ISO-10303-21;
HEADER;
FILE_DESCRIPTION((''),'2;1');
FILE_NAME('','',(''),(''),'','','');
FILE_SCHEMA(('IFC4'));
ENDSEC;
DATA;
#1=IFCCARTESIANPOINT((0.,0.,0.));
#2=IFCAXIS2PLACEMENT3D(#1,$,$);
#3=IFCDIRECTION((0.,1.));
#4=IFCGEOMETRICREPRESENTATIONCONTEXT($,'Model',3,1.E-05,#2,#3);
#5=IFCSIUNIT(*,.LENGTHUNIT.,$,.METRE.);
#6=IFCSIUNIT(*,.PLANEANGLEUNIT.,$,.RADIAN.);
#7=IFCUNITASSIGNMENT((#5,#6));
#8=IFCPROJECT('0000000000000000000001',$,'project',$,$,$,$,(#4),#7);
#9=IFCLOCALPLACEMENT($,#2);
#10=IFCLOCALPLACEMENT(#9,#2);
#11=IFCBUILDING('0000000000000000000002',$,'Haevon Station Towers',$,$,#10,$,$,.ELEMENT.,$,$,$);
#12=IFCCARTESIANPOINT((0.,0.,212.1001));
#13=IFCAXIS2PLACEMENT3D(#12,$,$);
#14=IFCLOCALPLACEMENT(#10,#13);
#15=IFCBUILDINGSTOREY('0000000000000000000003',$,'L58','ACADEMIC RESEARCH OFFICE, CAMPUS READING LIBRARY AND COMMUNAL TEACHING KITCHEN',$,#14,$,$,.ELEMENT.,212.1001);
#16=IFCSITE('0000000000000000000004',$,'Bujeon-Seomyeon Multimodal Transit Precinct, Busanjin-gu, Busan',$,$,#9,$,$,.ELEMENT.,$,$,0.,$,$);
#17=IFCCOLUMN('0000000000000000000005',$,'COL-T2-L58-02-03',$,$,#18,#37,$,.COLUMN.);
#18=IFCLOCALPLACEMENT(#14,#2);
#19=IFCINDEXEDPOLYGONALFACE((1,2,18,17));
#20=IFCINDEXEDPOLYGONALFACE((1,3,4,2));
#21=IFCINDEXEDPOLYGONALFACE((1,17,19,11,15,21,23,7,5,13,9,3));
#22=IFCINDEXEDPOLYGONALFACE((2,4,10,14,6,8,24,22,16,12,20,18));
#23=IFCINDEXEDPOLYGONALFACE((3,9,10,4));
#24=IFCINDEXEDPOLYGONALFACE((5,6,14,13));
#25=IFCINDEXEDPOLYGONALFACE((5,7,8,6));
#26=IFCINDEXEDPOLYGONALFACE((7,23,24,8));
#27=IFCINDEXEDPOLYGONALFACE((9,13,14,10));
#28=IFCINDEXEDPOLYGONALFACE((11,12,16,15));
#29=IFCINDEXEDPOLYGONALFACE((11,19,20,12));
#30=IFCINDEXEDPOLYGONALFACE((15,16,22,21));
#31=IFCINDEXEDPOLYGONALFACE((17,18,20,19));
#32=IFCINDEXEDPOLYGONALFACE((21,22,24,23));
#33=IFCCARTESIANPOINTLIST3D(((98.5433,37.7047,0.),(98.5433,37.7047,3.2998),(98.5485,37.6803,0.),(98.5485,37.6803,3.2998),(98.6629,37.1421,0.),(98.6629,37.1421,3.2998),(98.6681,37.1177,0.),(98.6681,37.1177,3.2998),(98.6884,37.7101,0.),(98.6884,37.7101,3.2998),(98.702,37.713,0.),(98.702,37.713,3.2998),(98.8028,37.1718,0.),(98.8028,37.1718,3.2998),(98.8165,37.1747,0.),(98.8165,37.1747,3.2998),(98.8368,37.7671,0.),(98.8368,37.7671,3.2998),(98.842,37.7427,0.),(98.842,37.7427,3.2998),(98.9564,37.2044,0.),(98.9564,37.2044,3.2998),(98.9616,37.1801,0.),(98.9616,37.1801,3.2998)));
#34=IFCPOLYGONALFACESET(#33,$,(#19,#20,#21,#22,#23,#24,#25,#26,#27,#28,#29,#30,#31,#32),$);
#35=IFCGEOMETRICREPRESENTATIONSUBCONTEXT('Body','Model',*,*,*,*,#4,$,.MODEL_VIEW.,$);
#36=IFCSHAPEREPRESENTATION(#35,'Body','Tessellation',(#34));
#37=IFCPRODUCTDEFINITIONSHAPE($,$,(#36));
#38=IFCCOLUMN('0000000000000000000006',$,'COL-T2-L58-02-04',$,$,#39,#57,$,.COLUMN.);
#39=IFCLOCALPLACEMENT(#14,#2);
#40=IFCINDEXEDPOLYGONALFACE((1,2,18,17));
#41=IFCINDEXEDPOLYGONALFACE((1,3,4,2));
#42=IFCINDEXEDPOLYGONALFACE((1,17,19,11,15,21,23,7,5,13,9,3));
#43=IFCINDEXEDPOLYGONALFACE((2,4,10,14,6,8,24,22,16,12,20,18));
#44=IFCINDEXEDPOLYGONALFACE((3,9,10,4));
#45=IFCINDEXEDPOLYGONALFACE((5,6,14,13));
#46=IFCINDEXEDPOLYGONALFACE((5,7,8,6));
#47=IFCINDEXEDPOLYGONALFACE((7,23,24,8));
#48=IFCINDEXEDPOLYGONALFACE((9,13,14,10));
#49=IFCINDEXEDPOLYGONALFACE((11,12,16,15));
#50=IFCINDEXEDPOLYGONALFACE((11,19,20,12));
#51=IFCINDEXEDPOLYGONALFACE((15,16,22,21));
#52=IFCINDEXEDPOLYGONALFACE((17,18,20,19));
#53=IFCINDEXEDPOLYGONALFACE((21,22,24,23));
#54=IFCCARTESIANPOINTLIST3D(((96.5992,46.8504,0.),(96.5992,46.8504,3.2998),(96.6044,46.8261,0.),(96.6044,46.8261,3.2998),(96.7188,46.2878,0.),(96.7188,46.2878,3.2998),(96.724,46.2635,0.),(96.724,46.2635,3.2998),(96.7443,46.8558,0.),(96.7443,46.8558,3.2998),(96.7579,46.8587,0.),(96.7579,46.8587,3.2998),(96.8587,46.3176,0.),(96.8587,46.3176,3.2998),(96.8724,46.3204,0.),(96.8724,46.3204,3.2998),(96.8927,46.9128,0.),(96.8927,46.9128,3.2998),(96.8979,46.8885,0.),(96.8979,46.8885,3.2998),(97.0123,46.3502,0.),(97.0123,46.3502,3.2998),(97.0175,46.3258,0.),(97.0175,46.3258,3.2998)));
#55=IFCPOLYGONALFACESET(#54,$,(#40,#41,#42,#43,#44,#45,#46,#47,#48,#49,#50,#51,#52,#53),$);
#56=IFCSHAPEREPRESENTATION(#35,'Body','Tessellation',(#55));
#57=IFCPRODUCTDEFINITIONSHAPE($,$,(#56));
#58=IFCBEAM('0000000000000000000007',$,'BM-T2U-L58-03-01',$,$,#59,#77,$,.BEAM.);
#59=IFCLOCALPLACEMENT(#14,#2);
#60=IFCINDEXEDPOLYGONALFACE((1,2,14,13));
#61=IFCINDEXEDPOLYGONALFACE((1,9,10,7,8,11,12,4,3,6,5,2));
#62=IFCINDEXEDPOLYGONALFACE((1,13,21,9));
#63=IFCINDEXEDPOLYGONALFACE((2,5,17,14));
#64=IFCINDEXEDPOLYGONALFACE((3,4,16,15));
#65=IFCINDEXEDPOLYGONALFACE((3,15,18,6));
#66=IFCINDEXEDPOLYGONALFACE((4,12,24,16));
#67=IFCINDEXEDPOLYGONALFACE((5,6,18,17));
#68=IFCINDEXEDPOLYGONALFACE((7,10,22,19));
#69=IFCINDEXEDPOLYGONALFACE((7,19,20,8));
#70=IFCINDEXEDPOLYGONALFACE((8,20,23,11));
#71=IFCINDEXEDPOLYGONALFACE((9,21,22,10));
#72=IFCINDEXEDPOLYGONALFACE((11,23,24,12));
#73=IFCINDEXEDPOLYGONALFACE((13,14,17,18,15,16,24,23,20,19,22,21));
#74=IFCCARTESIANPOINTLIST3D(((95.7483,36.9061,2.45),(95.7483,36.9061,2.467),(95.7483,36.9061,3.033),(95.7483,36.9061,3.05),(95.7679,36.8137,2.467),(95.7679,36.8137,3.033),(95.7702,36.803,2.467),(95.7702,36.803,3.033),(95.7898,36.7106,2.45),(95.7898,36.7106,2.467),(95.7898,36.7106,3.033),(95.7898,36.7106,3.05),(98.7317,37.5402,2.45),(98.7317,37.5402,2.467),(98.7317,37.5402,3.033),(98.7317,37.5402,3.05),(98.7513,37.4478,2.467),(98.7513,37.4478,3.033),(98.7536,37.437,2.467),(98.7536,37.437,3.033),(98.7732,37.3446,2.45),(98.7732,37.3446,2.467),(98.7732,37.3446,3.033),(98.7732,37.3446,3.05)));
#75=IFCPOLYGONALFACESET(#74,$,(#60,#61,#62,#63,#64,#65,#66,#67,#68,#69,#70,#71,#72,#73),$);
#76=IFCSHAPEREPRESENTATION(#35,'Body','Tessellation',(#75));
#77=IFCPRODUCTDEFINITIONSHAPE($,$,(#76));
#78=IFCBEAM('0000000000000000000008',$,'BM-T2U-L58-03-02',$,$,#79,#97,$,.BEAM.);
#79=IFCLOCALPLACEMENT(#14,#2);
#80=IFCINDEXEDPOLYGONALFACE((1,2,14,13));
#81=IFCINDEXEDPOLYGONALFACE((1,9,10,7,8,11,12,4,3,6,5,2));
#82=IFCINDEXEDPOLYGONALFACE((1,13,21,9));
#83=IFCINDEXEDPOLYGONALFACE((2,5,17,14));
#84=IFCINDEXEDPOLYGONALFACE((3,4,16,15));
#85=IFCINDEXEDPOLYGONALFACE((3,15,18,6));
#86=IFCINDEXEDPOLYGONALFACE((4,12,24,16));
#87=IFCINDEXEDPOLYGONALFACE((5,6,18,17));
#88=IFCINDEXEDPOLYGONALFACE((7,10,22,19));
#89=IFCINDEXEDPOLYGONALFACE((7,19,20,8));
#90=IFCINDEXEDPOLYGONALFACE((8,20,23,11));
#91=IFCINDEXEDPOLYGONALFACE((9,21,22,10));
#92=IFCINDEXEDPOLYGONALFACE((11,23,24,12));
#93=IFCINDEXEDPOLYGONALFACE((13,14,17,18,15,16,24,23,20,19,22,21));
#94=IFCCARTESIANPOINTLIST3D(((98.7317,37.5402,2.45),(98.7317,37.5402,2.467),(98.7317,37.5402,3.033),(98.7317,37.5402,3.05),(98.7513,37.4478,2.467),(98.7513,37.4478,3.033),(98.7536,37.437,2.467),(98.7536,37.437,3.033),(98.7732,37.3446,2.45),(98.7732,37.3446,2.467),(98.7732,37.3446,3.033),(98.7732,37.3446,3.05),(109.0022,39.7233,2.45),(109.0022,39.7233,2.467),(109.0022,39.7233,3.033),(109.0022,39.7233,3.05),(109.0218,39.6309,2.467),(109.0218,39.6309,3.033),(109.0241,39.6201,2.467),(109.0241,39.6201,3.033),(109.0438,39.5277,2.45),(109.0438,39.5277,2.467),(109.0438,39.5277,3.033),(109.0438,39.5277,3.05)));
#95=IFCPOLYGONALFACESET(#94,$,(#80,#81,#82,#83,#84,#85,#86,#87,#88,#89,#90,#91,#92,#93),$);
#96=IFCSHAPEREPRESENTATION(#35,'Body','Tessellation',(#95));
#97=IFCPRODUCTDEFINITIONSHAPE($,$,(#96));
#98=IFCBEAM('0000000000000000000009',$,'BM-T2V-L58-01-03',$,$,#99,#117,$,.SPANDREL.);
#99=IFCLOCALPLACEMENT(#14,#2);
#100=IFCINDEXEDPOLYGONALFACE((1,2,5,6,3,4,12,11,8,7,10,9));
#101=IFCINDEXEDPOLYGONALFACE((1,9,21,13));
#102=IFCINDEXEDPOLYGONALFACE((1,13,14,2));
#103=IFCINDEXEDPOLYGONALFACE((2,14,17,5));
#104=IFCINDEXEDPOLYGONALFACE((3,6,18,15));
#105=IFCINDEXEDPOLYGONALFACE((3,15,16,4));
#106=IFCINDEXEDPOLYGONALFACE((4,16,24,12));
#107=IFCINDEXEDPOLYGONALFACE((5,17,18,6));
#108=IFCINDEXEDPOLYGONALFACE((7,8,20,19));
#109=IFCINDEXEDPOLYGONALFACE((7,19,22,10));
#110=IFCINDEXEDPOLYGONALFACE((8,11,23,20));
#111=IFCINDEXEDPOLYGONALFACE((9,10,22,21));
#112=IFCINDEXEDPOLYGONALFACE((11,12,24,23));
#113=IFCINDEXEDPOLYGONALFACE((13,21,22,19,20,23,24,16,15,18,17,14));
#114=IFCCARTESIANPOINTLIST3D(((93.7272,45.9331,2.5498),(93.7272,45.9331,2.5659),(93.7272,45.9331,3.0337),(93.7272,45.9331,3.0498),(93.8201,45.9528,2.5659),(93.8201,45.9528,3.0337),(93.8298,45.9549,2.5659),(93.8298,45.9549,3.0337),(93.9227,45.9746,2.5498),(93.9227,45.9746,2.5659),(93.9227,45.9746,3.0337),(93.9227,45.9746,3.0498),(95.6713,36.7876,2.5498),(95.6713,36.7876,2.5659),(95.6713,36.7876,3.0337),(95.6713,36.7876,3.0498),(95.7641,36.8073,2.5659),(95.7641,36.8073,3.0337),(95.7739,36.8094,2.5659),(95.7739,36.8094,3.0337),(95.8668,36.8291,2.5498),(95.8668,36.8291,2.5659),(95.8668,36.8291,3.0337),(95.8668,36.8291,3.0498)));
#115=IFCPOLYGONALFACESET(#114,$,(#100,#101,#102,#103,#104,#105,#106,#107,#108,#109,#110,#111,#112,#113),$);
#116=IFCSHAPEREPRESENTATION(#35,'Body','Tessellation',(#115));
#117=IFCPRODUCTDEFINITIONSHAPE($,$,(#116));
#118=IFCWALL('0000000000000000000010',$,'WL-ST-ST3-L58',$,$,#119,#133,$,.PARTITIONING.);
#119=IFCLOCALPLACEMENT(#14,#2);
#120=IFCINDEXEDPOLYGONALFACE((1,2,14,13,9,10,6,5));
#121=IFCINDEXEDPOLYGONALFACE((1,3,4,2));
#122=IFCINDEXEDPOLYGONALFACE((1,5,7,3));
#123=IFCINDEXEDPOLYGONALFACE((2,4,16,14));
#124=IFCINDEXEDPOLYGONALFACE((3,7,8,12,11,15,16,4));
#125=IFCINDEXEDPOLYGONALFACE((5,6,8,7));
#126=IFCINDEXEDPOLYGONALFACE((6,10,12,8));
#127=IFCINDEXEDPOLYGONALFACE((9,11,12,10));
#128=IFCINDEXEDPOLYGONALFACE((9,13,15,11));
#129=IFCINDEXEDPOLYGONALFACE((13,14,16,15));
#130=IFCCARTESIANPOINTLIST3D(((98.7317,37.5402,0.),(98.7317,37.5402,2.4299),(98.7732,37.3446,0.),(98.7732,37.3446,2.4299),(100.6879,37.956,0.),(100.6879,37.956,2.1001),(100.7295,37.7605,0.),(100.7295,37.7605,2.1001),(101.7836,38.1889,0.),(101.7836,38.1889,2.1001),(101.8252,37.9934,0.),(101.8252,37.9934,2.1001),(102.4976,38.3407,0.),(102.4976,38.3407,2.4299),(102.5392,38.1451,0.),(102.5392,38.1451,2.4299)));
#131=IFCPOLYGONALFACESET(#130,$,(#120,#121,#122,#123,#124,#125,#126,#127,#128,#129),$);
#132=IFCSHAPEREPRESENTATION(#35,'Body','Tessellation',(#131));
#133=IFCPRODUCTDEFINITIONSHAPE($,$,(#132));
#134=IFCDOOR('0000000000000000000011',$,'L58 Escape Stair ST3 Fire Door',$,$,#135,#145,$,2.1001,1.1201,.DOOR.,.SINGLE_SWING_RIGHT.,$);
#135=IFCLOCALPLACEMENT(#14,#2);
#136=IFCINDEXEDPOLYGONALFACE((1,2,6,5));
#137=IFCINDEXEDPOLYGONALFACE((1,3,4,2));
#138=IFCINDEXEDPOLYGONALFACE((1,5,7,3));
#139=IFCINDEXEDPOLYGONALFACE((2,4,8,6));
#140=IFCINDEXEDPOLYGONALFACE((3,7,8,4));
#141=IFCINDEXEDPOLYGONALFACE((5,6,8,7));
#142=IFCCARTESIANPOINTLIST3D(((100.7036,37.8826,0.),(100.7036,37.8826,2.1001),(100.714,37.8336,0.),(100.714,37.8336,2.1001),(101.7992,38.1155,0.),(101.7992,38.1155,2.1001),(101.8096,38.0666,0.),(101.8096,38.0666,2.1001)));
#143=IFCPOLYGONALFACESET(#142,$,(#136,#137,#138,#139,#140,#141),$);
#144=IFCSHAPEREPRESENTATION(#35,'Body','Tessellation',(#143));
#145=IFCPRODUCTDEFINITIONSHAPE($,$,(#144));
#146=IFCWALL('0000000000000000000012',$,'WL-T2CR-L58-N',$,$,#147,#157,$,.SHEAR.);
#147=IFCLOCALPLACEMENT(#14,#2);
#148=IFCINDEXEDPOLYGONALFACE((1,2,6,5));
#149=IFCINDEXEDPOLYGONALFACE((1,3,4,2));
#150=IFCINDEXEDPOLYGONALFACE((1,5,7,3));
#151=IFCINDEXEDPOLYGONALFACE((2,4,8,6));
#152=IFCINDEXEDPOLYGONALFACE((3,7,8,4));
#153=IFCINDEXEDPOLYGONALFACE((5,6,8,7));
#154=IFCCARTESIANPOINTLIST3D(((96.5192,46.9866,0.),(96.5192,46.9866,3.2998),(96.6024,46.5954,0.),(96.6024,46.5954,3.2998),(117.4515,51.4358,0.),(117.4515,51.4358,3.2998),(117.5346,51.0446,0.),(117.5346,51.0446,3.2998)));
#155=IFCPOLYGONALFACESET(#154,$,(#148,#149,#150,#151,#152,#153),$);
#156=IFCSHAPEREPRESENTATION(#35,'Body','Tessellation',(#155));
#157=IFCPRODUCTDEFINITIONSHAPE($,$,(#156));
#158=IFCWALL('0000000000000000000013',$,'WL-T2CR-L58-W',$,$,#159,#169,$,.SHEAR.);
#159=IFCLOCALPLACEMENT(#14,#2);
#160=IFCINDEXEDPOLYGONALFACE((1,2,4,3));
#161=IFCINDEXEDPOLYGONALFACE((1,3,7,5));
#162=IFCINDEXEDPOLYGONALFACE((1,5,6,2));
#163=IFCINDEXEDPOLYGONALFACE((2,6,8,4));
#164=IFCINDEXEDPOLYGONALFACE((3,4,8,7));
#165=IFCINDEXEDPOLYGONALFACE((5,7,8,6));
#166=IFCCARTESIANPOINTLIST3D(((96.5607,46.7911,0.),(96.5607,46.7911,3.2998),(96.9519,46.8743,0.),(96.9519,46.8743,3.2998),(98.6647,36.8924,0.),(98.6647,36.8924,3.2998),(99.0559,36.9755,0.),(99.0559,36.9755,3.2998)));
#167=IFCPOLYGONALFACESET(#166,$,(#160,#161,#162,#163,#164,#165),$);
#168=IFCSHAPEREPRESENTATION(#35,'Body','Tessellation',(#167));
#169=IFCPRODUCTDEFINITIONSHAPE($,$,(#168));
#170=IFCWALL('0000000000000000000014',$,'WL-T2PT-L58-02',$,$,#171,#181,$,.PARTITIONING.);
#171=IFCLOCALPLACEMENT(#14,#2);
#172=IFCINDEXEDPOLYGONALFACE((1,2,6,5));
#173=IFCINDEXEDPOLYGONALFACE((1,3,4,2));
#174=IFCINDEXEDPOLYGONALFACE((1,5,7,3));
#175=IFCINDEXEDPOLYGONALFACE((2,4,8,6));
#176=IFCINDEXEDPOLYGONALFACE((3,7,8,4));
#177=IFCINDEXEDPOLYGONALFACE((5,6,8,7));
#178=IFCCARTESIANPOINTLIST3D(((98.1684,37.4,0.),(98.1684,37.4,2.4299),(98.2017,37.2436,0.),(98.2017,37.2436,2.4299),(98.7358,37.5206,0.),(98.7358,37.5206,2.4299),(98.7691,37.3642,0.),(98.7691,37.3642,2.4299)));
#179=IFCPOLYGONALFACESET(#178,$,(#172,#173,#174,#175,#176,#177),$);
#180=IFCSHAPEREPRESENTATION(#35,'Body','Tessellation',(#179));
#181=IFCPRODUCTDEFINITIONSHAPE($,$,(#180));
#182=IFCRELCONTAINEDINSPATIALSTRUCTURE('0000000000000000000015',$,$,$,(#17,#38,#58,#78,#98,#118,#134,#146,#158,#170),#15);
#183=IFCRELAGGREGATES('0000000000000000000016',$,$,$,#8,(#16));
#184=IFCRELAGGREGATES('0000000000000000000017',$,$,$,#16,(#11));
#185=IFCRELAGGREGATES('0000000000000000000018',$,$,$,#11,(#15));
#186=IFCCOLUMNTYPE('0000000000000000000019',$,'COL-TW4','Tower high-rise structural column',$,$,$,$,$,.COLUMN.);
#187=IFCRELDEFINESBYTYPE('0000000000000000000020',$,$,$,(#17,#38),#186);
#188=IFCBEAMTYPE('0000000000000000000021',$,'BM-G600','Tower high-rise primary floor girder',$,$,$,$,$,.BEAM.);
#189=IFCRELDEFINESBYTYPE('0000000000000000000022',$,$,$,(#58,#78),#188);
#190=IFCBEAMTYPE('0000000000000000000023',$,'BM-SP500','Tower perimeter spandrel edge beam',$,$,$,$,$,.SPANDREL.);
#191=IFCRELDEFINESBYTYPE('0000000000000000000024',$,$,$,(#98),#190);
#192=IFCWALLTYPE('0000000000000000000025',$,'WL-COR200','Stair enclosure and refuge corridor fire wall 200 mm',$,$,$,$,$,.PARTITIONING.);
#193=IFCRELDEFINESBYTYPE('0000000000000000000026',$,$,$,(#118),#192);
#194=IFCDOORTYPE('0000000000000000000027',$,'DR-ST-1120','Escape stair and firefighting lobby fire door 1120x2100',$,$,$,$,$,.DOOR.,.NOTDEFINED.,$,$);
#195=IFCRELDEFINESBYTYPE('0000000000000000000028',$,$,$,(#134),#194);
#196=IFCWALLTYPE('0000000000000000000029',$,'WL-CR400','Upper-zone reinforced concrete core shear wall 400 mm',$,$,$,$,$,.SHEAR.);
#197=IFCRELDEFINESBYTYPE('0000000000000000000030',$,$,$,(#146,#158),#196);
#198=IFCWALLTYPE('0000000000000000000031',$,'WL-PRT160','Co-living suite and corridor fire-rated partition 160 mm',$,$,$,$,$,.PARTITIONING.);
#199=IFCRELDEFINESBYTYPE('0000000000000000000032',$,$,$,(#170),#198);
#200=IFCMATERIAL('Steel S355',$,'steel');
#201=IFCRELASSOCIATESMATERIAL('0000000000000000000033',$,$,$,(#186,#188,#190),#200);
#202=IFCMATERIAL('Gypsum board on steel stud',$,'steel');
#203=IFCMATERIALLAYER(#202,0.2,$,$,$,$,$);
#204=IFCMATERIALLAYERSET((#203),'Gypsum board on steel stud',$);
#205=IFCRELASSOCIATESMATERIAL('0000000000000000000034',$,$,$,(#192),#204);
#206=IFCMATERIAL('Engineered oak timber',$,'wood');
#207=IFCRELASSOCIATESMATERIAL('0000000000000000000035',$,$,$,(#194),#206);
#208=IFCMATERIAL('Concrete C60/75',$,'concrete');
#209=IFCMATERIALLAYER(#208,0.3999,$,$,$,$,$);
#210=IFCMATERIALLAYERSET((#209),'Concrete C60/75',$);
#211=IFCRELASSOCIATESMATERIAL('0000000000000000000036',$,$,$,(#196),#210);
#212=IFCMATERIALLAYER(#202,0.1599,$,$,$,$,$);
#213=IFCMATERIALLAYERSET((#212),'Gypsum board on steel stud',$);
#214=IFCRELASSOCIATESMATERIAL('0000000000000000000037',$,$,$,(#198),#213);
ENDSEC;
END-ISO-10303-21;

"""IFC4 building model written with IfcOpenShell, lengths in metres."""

from ifc_helpers import new_model, si_unit, direction, frame, frame_2d, origin, origin_2d, place, context, subcontext, project, spatial, rectangle, i_section, extrude, material, layer, layer_set, material_profile, profile_set, type_object, element, fill, save


model = new_model("IFC4")

# Units and contexts
model_context = context("Model", 3, precision=1e-05, world=origin(), true_north=direction((0.0, 1.0)))
body_context = subcontext(model_context, "Body", "Model", "MODEL_VIEW")
ifc_project = project(units=[si_unit("LENGTHUNIT", "METRE"), si_unit("PLANEANGLEUNIT", "RADIAN")], contexts=[model_context])

# Site, building, storey
site_placement = place(None, origin())
site = spatial("IfcSite", under=ifc_project, at=site_placement, Name="Bujeon-Seomyeon Multimodal Transit Precinct, Busanjin-gu, Busan", CompositionType="ELEMENT", RefElevation=0.0)
building_placement = place(site_placement, origin())
building = spatial("IfcBuilding", under=site, at=building_placement, Name="Haevon Station Towers", CompositionType="ELEMENT")
storey_placement = place(building_placement, frame((0.0, 0.0, 212.1001)))
storey = spatial("IfcBuildingStorey", under=building, at=storey_placement, Name="L58", Description="ACADEMIC RESEARCH OFFICE, CAMPUS READING LIBRARY AND COMMUNAL TEACHING KITCHEN", CompositionType="ELEMENT", Elevation=212.1001)

# Columns
ifc_material_1 = material(Name="Steel S355", Category="steel")
ifc_material_profile_1 = material_profile(ifc_material_1, i_section(OverallWidth=0.3, OverallDepth=0.6001, WebThickness=0.0139, FlangeThickness=0.0249, at=origin_2d()), Name="H-600x300x14x25")
ifc_profile_set_1 = profile_set([ifc_material_profile_1], Name="Steel S355")
column_type = type_object("IfcColumnType", Name="COL-TW4", Description="Tower high-rise structural column", PredefinedType="COLUMN", material=ifc_profile_set_1)
for number, where, z_axis, x_axis, name in (
    (1, (98.7524, 37.4424, 0.0), (0.0, 0.0, 1.0), (0.978148, 0.207912, 0.0), "COL-T2-L58-02-03"),
    (2, (96.8083, 46.5881, 0.0), (0.0, 0.0, 1.0), (0.978148, 0.207912, 0.0), "COL-T2-L58-02-04"),
):
    element("IfcColumn", number, at=place(storey_placement, frame(where, z_axis=z_axis, x_axis=x_axis)), inside=storey, type_object=column_type, Name=name, PredefinedType="COLUMN", context=body_context, shape_type="SweptSolid", body=[
        extrude(i_section(OverallWidth=0.3, OverallDepth=0.6001, WebThickness=0.0139, FlangeThickness=0.0249, at=origin_2d()), origin(), (0.0, 0.0, 1.0), 3.2998),
    ])

# Beams
ifc_material_profile_2 = material_profile(ifc_material_1, i_section(OverallWidth=0.2, OverallDepth=0.6001, WebThickness=0.011, FlangeThickness=0.0171, at=origin_2d()), Name="H-600x200x11x17")
ifc_profile_set_2 = profile_set([ifc_material_profile_2], Name="Steel S355")
beam_type_1 = type_object("IfcBeamType", Name="BM-G600", Description="Tower high-rise primary floor girder", PredefinedType="BEAM", material=ifc_profile_set_2)
beam_1_placement = place(storey_placement, frame((95.769, 36.8083, 2.75), z_axis=(0.978155, 0.207878, 0.0), x_axis=(-0.207878, 0.978155, 0.0)))
element("IfcBeam", 3, at=beam_1_placement, inside=storey, type_object=beam_type_1, Name="BM-T2U-L58-03-01", PredefinedType="BEAM", context=body_context, shape_type="SweptSolid", body=[
    extrude(i_section(OverallWidth=0.2, OverallDepth=0.6001, WebThickness=0.011, FlangeThickness=0.0171, at=origin_2d()), origin(), (0.0, 0.0, 1.0), 3.05),
])
beam_2_placement = place(storey_placement, frame((98.7524, 37.4424, 2.75), z_axis=(0.978147, 0.207915, 0.0), x_axis=(-0.207915, 0.978147, 0.0)))
element("IfcBeam", 4, at=beam_2_placement, inside=storey, type_object=beam_type_1, Name="BM-T2U-L58-03-02", PredefinedType="BEAM", context=body_context, shape_type="SweptSolid", body=[
    extrude(i_section(OverallWidth=0.2, OverallDepth=0.6001, WebThickness=0.011, FlangeThickness=0.0171, at=origin_2d()), origin(), (0.0, 0.0, 1.0), 10.5),
])
ifc_material_profile_3 = material_profile(ifc_material_1, i_section(OverallWidth=0.2, OverallDepth=0.5, WebThickness=0.01, FlangeThickness=0.0161, at=origin_2d()), Name="H-500x200x10x16")
ifc_profile_set_3 = profile_set([ifc_material_profile_3], Name="Steel S355")
beam_type_2 = type_object("IfcBeamType", Name="BM-SP500", Description="Tower perimeter spandrel edge beam", PredefinedType="SPANDREL", material=ifc_profile_set_3)
beam_3_placement = place(storey_placement, frame((95.769, 36.8083, 2.7998), z_axis=(-0.207927, 0.978144, 0.0), x_axis=(-0.978144, -0.207927, 0.0)))
element("IfcBeam", 5, at=beam_3_placement, inside=storey, type_object=beam_type_2, Name="BM-T2V-L58-01-03", PredefinedType="SPANDREL", context=body_context, shape_type="SweptSolid", body=[
    extrude(i_section(OverallWidth=0.2, OverallDepth=0.5, WebThickness=0.01, FlangeThickness=0.0161, at=origin_2d()), origin(), (0.0, 0.0, 1.0), 9.3499),
])

# Wall, opening, door
ifc_material_2 = material(Name="Gypsum board on steel stud", Category="steel")
ifc_layer_1 = layer(ifc_material_2, 0.2)
ifc_layer_set_1 = layer_set([ifc_layer_1], Name="Gypsum board on steel stud")
wall_type_1 = type_object("IfcWallType", Name="WL-COR200", Description="Stair enclosure and refuge corridor fire wall 200 mm", PredefinedType="PARTITIONING", material=ifc_layer_set_1)
wall_1_placement = place(storey_placement, frame((98.7524, 37.4424, 0.0), z_axis=(0.0, 0.0, 1.0), x_axis=(0.978144, 0.207931, 0.0)))
wall_1 = element("IfcWall", 6, at=wall_1_placement, inside=storey, type_object=wall_type_1, Name="WL-ST-ST3-L58", PredefinedType="PARTITIONING", context=body_context, shape_type="SweptSolid", body=[
    extrude(rectangle(XDim=3.8501, YDim=0.2, at=frame_2d((1.925, 0.0))), origin(), (0.0, 0.0, 1.0), 2.4299),
])
opening_1_placement = place(wall_1_placement, frame((2.0, 0.0, 0.0)))
opening_1 = element("IfcOpeningElement", 7, at=opening_1_placement, cuts=wall_1, PredefinedType="OPENING", context=body_context, shape_type="SweptSolid", body=[
    extrude(rectangle(XDim=1.1201, YDim=2.1001, at=frame_2d((0.5601, 1.05))), frame((0.0, 0.1099, 0.0), z_axis=(0.0, -1.0, 0.0), x_axis=(1.0, 0.0, 0.0)), (0.0, 0.0, 1.0), 0.22),
])
ifc_material_3 = material(Name="Engineered oak timber", Category="wood")
door_type_1 = type_object("IfcDoorType", Name="DR-ST-1120", Description="Escape stair and firefighting lobby fire door 1120x2100", OperationType="NOTDEFINED", PredefinedType="DOOR", material=ifc_material_3)
door_1_placement = place(opening_1_placement, origin())
door_1 = element("IfcDoor", 8, at=door_1_placement, inside=storey, type_object=door_type_1, Name="L58 Escape Stair ST3 Fire Door", OperationType="SINGLE_SWING_RIGHT", OverallHeight=2.1001, OverallWidth=1.1201, PredefinedType="DOOR", context=body_context, shape_type="SweptSolid", body=[
    extrude(rectangle(XDim=1.1201, YDim=2.1001, at=frame_2d((0.5601, 1.05))), frame((0.0, 0.0249, 0.0), z_axis=(0.0, -1.0, 0.0), x_axis=(1.0, 0.0, 0.0)), (0.0, 0.0, 1.0), 0.05),
])
fill(opening_1, door_1)

# Walls
ifc_material_4 = material(Name="Concrete C60/75", Category="concrete")
ifc_layer_2 = layer(ifc_material_4, 0.3999)
ifc_layer_set_2 = layer_set([ifc_layer_2], Name="Concrete C60/75")
wall_type_2 = type_object("IfcWallType", Name="WL-CR400", Description="Upper-zone reinforced concrete core shear wall 400 mm", PredefinedType="SHEAR", material=ifc_layer_set_2)
wall_2_placement = place(storey_placement, frame((96.5608, 46.791, 0.0), z_axis=(0.0, 0.0, 1.0), x_axis=(0.978148, 0.207907, 0.0)))
element("IfcWall", 9, at=wall_2_placement, inside=storey, type_object=wall_type_2, Name="WL-T2CR-L58-N", PredefinedType="SHEAR", context=body_context, shape_type="SweptSolid", body=[
    extrude(rectangle(XDim=21.3999, YDim=0.3999, at=frame_2d((10.7, 0.0))), origin(), (0.0, 0.0, 1.0), 3.2998),
])
wall_3_placement = place(storey_placement, frame((98.8604, 36.9338, 0.0), z_axis=(0.0, 0.0, 1.0), x_axis=(-0.207909, 0.978148, 0.0)))
element("IfcWall", 10, at=wall_3_placement, inside=storey, type_object=wall_type_2, Name="WL-T2CR-L58-W", PredefinedType="SHEAR", context=body_context, shape_type="SweptSolid", body=[
    extrude(rectangle(XDim=10.1199, YDim=0.3999, at=frame_2d((5.0601, 0.0))), origin(), (0.0, 0.0, 1.0), 3.2998),
])
ifc_layer_3 = layer(ifc_material_2, 0.1599)
ifc_layer_set_3 = layer_set([ifc_layer_3], Name="Gypsum board on steel stud")
wall_type_3 = type_object("IfcWallType", Name="WL-PRT160", Description="Co-living suite and corridor fire-rated partition 160 mm", PredefinedType="PARTITIONING", material=ifc_layer_set_3)
wall_4_placement = place(storey_placement, frame((98.1851, 37.3218, 0.0), z_axis=(0.0, 0.0, 1.0), x_axis=(0.978146, 0.207919, 0.0)))
element("IfcWall", 11, at=wall_4_placement, inside=storey, type_object=wall_type_3, Name="WL-T2PT-L58-02", PredefinedType="PARTITIONING", context=body_context, shape_type="SweptSolid", body=[
    extrude(rectangle(XDim=0.5801, YDim=0.1599, at=frame_2d((0.29, 0.0))), origin(), (0.0, 0.0, 1.0), 2.4299),
])

save(model, "model.ifc")
